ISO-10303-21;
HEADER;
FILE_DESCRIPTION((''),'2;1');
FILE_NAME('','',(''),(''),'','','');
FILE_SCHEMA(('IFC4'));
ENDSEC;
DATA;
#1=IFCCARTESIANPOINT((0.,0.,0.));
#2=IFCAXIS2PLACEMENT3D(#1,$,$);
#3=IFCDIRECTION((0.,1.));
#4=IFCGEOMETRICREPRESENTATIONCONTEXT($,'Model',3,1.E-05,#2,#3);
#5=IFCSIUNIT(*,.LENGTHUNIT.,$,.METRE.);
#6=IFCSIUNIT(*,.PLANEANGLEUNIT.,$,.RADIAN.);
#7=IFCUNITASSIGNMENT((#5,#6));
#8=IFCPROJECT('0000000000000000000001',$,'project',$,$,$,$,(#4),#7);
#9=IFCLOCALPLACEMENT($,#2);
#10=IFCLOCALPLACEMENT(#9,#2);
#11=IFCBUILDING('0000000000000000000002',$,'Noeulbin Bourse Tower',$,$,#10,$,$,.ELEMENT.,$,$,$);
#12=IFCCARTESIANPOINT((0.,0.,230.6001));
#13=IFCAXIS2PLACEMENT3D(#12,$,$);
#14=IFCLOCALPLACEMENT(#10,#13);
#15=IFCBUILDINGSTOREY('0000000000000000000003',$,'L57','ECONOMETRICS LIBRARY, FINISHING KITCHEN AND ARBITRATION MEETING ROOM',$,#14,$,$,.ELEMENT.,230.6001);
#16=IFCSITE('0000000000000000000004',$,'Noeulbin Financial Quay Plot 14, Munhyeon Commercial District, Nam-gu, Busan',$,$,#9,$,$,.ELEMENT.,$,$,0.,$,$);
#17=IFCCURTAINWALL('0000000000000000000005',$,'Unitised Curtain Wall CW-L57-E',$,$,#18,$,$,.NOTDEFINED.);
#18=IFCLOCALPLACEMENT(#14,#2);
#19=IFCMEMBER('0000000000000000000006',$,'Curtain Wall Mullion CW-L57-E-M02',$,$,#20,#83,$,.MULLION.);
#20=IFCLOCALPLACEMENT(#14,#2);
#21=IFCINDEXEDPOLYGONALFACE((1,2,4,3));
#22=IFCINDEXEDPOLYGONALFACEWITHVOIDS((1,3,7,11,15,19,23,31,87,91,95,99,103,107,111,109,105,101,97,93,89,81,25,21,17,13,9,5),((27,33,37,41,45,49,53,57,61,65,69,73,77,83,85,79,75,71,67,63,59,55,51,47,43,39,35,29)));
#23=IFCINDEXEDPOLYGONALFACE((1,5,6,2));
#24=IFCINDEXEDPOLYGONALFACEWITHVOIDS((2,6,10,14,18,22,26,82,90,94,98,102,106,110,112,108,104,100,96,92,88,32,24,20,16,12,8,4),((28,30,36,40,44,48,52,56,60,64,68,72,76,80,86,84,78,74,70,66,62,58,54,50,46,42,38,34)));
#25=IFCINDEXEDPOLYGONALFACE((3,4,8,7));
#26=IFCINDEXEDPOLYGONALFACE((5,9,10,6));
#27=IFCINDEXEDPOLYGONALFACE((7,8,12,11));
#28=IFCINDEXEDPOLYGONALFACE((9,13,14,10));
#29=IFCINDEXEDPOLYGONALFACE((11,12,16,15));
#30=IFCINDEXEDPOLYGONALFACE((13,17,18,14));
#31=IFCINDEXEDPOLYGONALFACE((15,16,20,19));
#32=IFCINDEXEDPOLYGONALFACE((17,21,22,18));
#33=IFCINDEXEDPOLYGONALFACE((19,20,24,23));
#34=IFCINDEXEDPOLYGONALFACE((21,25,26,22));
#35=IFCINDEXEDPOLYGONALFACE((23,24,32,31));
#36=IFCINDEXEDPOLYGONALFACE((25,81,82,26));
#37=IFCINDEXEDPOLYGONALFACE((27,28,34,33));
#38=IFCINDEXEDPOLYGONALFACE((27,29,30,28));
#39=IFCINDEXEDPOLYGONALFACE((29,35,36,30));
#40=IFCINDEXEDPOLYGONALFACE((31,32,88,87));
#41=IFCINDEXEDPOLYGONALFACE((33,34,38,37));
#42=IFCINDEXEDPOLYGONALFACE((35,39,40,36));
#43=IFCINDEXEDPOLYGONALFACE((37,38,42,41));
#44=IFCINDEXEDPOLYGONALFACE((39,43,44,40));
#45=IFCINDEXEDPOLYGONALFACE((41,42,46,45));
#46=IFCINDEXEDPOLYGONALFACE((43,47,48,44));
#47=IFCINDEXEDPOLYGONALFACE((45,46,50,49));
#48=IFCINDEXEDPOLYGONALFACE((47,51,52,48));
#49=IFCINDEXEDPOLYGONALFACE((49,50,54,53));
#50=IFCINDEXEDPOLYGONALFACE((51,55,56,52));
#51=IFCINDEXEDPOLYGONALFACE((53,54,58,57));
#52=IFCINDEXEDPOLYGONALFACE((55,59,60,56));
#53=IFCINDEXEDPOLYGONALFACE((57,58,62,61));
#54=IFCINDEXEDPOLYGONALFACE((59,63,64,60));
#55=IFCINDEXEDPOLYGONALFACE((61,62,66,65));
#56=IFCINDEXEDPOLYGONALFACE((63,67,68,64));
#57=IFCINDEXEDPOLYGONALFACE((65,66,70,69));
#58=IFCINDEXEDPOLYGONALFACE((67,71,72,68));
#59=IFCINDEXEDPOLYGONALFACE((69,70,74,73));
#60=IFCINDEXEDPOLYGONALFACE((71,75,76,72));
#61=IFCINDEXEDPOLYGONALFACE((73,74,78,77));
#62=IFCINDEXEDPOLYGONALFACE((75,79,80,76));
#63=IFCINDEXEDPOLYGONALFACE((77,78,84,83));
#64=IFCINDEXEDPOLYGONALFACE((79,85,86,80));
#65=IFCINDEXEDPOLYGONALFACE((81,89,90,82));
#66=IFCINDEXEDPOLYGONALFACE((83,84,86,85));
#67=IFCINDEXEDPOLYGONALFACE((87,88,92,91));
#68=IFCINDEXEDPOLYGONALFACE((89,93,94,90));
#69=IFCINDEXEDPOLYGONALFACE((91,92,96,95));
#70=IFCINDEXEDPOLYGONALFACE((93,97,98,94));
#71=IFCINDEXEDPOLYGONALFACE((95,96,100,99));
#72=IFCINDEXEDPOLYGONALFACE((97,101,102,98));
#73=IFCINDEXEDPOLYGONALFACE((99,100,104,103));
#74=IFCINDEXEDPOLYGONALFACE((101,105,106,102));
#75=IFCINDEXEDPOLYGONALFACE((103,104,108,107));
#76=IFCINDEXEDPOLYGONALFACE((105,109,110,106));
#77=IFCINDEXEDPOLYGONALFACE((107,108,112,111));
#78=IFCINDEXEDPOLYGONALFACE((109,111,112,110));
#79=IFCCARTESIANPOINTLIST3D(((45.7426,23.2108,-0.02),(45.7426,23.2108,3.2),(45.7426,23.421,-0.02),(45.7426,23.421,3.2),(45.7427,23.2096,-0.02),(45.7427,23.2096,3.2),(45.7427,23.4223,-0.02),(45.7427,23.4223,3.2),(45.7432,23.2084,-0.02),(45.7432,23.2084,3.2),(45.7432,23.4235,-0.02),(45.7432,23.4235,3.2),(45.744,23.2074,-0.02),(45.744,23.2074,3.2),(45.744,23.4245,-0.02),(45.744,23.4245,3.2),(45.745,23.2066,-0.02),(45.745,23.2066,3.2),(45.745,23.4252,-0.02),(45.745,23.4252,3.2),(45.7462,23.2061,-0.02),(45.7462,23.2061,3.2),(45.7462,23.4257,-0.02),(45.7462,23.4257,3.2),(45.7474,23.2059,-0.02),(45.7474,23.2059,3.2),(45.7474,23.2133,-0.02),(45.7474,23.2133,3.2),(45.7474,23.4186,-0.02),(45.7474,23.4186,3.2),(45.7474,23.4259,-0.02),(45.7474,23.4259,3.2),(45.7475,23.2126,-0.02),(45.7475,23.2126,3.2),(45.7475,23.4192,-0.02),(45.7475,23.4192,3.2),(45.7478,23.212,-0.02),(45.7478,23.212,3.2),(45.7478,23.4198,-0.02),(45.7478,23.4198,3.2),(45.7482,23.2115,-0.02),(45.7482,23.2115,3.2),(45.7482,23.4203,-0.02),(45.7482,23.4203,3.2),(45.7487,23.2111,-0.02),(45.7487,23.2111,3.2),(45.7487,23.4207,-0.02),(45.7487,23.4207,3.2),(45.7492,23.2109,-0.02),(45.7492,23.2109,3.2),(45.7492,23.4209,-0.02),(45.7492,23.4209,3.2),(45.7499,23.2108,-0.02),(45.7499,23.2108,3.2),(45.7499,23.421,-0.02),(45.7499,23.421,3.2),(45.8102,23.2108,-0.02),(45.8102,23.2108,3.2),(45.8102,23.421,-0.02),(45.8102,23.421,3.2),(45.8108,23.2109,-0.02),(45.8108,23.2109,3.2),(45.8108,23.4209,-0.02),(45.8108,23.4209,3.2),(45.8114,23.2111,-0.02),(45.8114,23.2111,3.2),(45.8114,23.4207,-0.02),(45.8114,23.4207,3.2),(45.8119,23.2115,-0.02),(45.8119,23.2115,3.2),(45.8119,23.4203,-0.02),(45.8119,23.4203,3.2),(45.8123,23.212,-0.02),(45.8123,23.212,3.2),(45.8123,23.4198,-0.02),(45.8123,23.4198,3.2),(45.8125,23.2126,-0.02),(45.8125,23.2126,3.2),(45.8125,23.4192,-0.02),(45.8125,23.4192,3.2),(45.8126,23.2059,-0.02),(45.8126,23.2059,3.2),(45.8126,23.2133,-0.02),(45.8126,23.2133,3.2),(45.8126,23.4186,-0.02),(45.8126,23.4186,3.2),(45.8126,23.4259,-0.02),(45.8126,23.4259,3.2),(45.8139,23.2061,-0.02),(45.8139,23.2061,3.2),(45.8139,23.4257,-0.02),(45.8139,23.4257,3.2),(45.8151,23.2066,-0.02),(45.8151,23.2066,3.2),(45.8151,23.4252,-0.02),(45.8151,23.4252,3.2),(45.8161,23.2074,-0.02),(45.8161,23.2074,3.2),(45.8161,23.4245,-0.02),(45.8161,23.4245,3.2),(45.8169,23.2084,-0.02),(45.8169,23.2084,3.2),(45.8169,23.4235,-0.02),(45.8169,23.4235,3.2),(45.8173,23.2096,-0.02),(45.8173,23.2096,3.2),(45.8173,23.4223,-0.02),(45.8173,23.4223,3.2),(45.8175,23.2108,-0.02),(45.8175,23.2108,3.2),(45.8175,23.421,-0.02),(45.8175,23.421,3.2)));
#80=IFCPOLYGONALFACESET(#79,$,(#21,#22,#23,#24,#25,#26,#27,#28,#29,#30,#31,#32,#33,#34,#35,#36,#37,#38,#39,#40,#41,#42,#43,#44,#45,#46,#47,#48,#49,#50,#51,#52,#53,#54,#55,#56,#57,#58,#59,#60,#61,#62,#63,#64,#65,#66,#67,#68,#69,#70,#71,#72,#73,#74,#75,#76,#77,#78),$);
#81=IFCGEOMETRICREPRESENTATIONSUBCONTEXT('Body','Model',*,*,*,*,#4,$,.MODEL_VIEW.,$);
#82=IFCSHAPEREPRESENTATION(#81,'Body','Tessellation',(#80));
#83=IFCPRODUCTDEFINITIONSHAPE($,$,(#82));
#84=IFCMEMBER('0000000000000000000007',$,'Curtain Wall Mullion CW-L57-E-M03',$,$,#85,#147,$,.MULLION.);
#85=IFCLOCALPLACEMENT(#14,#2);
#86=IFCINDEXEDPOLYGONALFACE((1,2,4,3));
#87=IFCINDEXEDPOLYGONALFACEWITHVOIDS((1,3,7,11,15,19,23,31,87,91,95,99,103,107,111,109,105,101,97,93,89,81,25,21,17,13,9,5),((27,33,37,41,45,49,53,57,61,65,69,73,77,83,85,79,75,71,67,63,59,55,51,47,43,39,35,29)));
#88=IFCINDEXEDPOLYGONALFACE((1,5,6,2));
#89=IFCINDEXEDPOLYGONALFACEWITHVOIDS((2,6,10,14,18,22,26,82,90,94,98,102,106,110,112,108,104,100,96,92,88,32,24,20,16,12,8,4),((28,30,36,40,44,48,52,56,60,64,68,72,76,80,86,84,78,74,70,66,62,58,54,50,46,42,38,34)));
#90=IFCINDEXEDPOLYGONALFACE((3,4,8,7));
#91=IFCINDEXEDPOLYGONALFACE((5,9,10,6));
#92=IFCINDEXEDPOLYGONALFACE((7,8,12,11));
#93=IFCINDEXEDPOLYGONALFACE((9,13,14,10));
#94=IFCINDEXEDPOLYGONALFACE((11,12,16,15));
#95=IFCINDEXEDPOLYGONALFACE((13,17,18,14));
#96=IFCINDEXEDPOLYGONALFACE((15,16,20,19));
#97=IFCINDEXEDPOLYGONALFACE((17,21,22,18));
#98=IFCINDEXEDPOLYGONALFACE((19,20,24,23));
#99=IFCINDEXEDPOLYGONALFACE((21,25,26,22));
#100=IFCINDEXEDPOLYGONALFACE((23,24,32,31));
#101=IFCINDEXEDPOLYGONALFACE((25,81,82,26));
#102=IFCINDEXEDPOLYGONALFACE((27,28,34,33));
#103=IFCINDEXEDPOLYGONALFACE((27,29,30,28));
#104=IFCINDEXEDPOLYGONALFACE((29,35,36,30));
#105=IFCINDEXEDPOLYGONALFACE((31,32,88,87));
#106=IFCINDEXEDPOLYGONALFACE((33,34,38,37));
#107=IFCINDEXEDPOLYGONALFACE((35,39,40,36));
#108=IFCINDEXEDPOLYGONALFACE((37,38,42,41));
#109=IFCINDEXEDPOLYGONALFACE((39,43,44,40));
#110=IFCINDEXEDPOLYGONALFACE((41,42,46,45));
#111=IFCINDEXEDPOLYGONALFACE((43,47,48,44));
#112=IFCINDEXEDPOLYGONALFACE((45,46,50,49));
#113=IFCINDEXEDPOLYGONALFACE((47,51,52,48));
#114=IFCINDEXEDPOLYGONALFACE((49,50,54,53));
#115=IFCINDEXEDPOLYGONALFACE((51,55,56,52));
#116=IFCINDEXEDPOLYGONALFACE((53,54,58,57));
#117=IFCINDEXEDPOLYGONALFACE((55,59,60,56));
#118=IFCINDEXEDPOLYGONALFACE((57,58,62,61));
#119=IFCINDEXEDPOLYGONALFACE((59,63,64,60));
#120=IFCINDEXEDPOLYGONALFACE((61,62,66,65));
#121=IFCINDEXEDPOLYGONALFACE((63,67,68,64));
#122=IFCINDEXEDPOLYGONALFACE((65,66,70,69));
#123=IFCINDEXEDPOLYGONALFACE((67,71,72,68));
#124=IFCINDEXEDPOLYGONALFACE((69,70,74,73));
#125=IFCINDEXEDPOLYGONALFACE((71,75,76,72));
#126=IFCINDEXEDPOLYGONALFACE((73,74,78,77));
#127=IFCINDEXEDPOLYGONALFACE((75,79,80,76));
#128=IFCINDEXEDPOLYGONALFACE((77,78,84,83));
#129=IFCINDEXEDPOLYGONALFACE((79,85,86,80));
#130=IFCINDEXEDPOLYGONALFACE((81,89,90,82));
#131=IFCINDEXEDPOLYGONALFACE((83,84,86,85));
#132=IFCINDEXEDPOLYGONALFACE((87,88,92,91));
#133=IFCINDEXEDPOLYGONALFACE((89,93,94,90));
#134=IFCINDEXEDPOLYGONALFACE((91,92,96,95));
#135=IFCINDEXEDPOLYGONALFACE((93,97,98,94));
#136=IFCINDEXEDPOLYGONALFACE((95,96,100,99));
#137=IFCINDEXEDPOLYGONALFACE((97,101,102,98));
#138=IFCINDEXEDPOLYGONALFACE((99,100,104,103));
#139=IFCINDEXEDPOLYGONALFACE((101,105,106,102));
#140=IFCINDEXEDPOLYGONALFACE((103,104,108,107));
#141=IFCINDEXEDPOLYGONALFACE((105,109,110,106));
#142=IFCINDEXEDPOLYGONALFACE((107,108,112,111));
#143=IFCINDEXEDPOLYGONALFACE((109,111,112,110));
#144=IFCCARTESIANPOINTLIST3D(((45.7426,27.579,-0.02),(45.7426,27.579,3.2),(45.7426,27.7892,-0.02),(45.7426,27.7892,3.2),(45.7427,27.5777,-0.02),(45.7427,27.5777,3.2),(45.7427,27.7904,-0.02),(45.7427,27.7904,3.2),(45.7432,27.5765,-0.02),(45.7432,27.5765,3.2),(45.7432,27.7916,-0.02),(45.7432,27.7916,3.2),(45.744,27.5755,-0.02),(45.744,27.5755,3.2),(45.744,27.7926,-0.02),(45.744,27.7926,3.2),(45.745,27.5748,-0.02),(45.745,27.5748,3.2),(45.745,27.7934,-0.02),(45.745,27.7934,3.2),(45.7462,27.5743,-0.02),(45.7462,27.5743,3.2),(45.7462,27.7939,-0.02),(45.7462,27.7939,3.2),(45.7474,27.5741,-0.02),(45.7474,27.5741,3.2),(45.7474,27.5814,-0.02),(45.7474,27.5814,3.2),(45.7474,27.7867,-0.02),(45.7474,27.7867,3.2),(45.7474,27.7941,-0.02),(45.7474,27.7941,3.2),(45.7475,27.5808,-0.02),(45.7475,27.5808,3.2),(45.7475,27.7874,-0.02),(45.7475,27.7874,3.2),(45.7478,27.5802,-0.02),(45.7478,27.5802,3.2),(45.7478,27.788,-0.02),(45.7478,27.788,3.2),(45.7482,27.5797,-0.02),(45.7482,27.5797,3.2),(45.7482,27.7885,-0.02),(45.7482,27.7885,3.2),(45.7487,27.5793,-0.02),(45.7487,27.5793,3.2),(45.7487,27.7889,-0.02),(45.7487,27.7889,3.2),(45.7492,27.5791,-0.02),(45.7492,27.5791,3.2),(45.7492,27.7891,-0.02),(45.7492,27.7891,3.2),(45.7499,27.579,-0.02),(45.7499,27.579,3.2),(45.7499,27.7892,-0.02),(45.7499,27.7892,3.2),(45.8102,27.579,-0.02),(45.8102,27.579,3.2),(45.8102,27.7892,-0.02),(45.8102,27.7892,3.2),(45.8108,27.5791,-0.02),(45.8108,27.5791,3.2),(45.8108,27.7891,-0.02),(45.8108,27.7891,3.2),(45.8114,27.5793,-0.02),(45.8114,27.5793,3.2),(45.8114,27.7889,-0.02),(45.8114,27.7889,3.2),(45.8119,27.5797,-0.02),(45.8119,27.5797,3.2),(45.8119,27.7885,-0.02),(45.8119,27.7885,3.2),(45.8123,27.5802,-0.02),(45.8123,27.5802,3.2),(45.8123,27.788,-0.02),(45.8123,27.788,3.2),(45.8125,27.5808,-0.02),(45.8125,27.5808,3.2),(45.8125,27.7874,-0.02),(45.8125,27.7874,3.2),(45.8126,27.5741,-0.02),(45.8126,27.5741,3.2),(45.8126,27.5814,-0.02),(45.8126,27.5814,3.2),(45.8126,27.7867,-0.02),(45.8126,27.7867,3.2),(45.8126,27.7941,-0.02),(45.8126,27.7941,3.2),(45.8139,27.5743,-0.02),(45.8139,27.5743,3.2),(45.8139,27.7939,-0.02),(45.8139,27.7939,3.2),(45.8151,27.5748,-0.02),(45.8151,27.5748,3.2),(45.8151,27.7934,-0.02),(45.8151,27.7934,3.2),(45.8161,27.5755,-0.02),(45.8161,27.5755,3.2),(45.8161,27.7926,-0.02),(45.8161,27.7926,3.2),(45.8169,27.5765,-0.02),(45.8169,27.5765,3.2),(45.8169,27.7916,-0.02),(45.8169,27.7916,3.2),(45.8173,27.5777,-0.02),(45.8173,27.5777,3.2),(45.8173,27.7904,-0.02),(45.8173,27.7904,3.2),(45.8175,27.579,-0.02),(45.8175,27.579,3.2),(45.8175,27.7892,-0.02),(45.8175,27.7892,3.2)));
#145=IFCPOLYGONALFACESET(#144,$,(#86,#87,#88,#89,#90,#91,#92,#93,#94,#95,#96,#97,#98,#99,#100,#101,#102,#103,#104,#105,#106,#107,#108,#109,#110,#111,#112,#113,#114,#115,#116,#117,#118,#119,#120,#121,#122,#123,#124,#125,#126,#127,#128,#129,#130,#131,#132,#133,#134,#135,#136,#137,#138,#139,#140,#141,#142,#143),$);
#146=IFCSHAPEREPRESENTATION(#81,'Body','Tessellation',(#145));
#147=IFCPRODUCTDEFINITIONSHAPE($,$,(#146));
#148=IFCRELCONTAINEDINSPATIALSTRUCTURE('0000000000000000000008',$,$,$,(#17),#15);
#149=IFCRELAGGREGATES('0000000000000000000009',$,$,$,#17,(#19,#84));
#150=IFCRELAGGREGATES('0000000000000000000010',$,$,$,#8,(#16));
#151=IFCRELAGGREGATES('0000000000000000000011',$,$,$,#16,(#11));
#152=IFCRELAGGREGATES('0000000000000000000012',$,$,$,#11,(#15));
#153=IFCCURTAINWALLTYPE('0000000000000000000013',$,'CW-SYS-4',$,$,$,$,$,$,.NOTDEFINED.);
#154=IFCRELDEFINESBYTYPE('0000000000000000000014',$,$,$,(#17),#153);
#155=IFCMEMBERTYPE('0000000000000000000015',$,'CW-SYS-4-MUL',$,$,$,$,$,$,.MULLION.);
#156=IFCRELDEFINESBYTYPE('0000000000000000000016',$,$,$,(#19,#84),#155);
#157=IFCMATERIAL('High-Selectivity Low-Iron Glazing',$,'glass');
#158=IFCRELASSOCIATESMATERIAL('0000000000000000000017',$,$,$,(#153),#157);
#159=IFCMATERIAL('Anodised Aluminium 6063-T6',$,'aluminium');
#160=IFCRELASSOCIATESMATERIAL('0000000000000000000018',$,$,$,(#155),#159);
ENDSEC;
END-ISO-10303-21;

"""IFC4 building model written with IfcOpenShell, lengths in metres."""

from ifc_helpers import new_model, si_unit, direction, frame, origin, origin_2d, place, context, subcontext, project, spatial, hollow_rectangle, extrude, material, material_profile, profile_set, type_object, element, aggregate, save


model = new_model("IFC4")

# Units and contexts
model_context = context("Model", 3, precision=1e-05, world=origin(), true_north=direction((0.0, 1.0)))
body_context = subcontext(model_context, "Body", "Model", "MODEL_VIEW")
ifc_project = project(units=[si_unit("LENGTHUNIT", "METRE"), si_unit("PLANEANGLEUNIT", "RADIAN")], contexts=[model_context])

# Site, building, storey
site_placement = place(None, origin())
site = spatial("IfcSite", under=ifc_project, at=site_placement, Name="Noeulbin Financial Quay Plot 14, Munhyeon Commercial District, Nam-gu, Busan", CompositionType="ELEMENT", RefElevation=0.0)
building_placement = place(site_placement, origin())
building = spatial("IfcBuilding", under=site, at=building_placement, Name="Noeulbin Bourse Tower", CompositionType="ELEMENT")
storey_placement = place(building_placement, frame((0.0, 0.0, 230.6001)))
storey = spatial("IfcBuildingStorey", under=building, at=storey_placement, Name="L57", Description="ECONOMETRICS LIBRARY, FINISHING KITCHEN AND ARBITRATION MEETING ROOM", CompositionType="ELEMENT", Elevation=230.6001)

# Curtain wall, members
ifc_material_1 = material(Name="High-Selectivity Low-Iron Glazing", Category="glass")
curtain_wall_type = type_object("IfcCurtainWallType", Name="CW-SYS-4", PredefinedType="NOTDEFINED", material=ifc_material_1)
ifc_material_2 = material(Name="Anodised Aluminium 6063-T6", Category="aluminium")
ifc_material_profile_1 = material_profile(ifc_material_2, hollow_rectangle(XDim=0.075, YDim=0.22, WallThickness=0.0049, InnerFilletRadius=0.0024, OuterFilletRadius=0.0049, at=origin_2d()), Name="ALU-MULL-75x220x5", Category="LoadBearing")
ifc_profile_set_1 = profile_set([ifc_material_profile_1], Name="Anodised Aluminium 6063-T6")
member_type_1 = type_object("IfcMemberType", Name="CW-SYS-4-MUL", PredefinedType="MULLION", material=ifc_profile_set_1)
curtain_wall_1_placement = place(storey_placement, origin())
curtain_wall_1 = element("IfcCurtainWall", 1, at=curtain_wall_1_placement, inside=storey, type_object=curtain_wall_type, Name="Unitised Curtain Wall CW-L57-E", PredefinedType="NOTDEFINED")
member_1_placement = place(storey_placement, frame((45.78, 23.3159, -0.02), z_axis=(0.0, 0.0, 1.0), x_axis=(1.0, 0.0, 0.0)))
member_1 = element("IfcMember", 2, at=member_1_placement, type_object=member_type_1, Name="Curtain Wall Mullion CW-L57-E-M02", PredefinedType="MULLION", context=body_context, shape_type="SweptSolid", body=[
    extrude(hollow_rectangle(XDim=0.075, YDim=0.22, WallThickness=0.0049, InnerFilletRadius=0.0024, OuterFilletRadius=0.0049, at=origin_2d()), origin(), (0.0, 0.0, 1.0), 3.22),
])
member_2_placement = place(storey_placement, frame((45.78, 27.6841, -0.02), z_axis=(0.0, 0.0, 1.0), x_axis=(1.0, 0.0, 0.0)))
member_2 = element("IfcMember", 3, at=member_2_placement, type_object=member_type_1, Name="Curtain Wall Mullion CW-L57-E-M03", PredefinedType="MULLION", context=body_context, shape_type="SweptSolid", body=[
    extrude(hollow_rectangle(XDim=0.075, YDim=0.22, WallThickness=0.0049, InnerFilletRadius=0.0024, OuterFilletRadius=0.0049, at=origin_2d()), origin(), (0.0, 0.0, 1.0), 3.22),
])

aggregate(curtain_wall_1, [member_1, member_2])

save(model, "model.ifc")
